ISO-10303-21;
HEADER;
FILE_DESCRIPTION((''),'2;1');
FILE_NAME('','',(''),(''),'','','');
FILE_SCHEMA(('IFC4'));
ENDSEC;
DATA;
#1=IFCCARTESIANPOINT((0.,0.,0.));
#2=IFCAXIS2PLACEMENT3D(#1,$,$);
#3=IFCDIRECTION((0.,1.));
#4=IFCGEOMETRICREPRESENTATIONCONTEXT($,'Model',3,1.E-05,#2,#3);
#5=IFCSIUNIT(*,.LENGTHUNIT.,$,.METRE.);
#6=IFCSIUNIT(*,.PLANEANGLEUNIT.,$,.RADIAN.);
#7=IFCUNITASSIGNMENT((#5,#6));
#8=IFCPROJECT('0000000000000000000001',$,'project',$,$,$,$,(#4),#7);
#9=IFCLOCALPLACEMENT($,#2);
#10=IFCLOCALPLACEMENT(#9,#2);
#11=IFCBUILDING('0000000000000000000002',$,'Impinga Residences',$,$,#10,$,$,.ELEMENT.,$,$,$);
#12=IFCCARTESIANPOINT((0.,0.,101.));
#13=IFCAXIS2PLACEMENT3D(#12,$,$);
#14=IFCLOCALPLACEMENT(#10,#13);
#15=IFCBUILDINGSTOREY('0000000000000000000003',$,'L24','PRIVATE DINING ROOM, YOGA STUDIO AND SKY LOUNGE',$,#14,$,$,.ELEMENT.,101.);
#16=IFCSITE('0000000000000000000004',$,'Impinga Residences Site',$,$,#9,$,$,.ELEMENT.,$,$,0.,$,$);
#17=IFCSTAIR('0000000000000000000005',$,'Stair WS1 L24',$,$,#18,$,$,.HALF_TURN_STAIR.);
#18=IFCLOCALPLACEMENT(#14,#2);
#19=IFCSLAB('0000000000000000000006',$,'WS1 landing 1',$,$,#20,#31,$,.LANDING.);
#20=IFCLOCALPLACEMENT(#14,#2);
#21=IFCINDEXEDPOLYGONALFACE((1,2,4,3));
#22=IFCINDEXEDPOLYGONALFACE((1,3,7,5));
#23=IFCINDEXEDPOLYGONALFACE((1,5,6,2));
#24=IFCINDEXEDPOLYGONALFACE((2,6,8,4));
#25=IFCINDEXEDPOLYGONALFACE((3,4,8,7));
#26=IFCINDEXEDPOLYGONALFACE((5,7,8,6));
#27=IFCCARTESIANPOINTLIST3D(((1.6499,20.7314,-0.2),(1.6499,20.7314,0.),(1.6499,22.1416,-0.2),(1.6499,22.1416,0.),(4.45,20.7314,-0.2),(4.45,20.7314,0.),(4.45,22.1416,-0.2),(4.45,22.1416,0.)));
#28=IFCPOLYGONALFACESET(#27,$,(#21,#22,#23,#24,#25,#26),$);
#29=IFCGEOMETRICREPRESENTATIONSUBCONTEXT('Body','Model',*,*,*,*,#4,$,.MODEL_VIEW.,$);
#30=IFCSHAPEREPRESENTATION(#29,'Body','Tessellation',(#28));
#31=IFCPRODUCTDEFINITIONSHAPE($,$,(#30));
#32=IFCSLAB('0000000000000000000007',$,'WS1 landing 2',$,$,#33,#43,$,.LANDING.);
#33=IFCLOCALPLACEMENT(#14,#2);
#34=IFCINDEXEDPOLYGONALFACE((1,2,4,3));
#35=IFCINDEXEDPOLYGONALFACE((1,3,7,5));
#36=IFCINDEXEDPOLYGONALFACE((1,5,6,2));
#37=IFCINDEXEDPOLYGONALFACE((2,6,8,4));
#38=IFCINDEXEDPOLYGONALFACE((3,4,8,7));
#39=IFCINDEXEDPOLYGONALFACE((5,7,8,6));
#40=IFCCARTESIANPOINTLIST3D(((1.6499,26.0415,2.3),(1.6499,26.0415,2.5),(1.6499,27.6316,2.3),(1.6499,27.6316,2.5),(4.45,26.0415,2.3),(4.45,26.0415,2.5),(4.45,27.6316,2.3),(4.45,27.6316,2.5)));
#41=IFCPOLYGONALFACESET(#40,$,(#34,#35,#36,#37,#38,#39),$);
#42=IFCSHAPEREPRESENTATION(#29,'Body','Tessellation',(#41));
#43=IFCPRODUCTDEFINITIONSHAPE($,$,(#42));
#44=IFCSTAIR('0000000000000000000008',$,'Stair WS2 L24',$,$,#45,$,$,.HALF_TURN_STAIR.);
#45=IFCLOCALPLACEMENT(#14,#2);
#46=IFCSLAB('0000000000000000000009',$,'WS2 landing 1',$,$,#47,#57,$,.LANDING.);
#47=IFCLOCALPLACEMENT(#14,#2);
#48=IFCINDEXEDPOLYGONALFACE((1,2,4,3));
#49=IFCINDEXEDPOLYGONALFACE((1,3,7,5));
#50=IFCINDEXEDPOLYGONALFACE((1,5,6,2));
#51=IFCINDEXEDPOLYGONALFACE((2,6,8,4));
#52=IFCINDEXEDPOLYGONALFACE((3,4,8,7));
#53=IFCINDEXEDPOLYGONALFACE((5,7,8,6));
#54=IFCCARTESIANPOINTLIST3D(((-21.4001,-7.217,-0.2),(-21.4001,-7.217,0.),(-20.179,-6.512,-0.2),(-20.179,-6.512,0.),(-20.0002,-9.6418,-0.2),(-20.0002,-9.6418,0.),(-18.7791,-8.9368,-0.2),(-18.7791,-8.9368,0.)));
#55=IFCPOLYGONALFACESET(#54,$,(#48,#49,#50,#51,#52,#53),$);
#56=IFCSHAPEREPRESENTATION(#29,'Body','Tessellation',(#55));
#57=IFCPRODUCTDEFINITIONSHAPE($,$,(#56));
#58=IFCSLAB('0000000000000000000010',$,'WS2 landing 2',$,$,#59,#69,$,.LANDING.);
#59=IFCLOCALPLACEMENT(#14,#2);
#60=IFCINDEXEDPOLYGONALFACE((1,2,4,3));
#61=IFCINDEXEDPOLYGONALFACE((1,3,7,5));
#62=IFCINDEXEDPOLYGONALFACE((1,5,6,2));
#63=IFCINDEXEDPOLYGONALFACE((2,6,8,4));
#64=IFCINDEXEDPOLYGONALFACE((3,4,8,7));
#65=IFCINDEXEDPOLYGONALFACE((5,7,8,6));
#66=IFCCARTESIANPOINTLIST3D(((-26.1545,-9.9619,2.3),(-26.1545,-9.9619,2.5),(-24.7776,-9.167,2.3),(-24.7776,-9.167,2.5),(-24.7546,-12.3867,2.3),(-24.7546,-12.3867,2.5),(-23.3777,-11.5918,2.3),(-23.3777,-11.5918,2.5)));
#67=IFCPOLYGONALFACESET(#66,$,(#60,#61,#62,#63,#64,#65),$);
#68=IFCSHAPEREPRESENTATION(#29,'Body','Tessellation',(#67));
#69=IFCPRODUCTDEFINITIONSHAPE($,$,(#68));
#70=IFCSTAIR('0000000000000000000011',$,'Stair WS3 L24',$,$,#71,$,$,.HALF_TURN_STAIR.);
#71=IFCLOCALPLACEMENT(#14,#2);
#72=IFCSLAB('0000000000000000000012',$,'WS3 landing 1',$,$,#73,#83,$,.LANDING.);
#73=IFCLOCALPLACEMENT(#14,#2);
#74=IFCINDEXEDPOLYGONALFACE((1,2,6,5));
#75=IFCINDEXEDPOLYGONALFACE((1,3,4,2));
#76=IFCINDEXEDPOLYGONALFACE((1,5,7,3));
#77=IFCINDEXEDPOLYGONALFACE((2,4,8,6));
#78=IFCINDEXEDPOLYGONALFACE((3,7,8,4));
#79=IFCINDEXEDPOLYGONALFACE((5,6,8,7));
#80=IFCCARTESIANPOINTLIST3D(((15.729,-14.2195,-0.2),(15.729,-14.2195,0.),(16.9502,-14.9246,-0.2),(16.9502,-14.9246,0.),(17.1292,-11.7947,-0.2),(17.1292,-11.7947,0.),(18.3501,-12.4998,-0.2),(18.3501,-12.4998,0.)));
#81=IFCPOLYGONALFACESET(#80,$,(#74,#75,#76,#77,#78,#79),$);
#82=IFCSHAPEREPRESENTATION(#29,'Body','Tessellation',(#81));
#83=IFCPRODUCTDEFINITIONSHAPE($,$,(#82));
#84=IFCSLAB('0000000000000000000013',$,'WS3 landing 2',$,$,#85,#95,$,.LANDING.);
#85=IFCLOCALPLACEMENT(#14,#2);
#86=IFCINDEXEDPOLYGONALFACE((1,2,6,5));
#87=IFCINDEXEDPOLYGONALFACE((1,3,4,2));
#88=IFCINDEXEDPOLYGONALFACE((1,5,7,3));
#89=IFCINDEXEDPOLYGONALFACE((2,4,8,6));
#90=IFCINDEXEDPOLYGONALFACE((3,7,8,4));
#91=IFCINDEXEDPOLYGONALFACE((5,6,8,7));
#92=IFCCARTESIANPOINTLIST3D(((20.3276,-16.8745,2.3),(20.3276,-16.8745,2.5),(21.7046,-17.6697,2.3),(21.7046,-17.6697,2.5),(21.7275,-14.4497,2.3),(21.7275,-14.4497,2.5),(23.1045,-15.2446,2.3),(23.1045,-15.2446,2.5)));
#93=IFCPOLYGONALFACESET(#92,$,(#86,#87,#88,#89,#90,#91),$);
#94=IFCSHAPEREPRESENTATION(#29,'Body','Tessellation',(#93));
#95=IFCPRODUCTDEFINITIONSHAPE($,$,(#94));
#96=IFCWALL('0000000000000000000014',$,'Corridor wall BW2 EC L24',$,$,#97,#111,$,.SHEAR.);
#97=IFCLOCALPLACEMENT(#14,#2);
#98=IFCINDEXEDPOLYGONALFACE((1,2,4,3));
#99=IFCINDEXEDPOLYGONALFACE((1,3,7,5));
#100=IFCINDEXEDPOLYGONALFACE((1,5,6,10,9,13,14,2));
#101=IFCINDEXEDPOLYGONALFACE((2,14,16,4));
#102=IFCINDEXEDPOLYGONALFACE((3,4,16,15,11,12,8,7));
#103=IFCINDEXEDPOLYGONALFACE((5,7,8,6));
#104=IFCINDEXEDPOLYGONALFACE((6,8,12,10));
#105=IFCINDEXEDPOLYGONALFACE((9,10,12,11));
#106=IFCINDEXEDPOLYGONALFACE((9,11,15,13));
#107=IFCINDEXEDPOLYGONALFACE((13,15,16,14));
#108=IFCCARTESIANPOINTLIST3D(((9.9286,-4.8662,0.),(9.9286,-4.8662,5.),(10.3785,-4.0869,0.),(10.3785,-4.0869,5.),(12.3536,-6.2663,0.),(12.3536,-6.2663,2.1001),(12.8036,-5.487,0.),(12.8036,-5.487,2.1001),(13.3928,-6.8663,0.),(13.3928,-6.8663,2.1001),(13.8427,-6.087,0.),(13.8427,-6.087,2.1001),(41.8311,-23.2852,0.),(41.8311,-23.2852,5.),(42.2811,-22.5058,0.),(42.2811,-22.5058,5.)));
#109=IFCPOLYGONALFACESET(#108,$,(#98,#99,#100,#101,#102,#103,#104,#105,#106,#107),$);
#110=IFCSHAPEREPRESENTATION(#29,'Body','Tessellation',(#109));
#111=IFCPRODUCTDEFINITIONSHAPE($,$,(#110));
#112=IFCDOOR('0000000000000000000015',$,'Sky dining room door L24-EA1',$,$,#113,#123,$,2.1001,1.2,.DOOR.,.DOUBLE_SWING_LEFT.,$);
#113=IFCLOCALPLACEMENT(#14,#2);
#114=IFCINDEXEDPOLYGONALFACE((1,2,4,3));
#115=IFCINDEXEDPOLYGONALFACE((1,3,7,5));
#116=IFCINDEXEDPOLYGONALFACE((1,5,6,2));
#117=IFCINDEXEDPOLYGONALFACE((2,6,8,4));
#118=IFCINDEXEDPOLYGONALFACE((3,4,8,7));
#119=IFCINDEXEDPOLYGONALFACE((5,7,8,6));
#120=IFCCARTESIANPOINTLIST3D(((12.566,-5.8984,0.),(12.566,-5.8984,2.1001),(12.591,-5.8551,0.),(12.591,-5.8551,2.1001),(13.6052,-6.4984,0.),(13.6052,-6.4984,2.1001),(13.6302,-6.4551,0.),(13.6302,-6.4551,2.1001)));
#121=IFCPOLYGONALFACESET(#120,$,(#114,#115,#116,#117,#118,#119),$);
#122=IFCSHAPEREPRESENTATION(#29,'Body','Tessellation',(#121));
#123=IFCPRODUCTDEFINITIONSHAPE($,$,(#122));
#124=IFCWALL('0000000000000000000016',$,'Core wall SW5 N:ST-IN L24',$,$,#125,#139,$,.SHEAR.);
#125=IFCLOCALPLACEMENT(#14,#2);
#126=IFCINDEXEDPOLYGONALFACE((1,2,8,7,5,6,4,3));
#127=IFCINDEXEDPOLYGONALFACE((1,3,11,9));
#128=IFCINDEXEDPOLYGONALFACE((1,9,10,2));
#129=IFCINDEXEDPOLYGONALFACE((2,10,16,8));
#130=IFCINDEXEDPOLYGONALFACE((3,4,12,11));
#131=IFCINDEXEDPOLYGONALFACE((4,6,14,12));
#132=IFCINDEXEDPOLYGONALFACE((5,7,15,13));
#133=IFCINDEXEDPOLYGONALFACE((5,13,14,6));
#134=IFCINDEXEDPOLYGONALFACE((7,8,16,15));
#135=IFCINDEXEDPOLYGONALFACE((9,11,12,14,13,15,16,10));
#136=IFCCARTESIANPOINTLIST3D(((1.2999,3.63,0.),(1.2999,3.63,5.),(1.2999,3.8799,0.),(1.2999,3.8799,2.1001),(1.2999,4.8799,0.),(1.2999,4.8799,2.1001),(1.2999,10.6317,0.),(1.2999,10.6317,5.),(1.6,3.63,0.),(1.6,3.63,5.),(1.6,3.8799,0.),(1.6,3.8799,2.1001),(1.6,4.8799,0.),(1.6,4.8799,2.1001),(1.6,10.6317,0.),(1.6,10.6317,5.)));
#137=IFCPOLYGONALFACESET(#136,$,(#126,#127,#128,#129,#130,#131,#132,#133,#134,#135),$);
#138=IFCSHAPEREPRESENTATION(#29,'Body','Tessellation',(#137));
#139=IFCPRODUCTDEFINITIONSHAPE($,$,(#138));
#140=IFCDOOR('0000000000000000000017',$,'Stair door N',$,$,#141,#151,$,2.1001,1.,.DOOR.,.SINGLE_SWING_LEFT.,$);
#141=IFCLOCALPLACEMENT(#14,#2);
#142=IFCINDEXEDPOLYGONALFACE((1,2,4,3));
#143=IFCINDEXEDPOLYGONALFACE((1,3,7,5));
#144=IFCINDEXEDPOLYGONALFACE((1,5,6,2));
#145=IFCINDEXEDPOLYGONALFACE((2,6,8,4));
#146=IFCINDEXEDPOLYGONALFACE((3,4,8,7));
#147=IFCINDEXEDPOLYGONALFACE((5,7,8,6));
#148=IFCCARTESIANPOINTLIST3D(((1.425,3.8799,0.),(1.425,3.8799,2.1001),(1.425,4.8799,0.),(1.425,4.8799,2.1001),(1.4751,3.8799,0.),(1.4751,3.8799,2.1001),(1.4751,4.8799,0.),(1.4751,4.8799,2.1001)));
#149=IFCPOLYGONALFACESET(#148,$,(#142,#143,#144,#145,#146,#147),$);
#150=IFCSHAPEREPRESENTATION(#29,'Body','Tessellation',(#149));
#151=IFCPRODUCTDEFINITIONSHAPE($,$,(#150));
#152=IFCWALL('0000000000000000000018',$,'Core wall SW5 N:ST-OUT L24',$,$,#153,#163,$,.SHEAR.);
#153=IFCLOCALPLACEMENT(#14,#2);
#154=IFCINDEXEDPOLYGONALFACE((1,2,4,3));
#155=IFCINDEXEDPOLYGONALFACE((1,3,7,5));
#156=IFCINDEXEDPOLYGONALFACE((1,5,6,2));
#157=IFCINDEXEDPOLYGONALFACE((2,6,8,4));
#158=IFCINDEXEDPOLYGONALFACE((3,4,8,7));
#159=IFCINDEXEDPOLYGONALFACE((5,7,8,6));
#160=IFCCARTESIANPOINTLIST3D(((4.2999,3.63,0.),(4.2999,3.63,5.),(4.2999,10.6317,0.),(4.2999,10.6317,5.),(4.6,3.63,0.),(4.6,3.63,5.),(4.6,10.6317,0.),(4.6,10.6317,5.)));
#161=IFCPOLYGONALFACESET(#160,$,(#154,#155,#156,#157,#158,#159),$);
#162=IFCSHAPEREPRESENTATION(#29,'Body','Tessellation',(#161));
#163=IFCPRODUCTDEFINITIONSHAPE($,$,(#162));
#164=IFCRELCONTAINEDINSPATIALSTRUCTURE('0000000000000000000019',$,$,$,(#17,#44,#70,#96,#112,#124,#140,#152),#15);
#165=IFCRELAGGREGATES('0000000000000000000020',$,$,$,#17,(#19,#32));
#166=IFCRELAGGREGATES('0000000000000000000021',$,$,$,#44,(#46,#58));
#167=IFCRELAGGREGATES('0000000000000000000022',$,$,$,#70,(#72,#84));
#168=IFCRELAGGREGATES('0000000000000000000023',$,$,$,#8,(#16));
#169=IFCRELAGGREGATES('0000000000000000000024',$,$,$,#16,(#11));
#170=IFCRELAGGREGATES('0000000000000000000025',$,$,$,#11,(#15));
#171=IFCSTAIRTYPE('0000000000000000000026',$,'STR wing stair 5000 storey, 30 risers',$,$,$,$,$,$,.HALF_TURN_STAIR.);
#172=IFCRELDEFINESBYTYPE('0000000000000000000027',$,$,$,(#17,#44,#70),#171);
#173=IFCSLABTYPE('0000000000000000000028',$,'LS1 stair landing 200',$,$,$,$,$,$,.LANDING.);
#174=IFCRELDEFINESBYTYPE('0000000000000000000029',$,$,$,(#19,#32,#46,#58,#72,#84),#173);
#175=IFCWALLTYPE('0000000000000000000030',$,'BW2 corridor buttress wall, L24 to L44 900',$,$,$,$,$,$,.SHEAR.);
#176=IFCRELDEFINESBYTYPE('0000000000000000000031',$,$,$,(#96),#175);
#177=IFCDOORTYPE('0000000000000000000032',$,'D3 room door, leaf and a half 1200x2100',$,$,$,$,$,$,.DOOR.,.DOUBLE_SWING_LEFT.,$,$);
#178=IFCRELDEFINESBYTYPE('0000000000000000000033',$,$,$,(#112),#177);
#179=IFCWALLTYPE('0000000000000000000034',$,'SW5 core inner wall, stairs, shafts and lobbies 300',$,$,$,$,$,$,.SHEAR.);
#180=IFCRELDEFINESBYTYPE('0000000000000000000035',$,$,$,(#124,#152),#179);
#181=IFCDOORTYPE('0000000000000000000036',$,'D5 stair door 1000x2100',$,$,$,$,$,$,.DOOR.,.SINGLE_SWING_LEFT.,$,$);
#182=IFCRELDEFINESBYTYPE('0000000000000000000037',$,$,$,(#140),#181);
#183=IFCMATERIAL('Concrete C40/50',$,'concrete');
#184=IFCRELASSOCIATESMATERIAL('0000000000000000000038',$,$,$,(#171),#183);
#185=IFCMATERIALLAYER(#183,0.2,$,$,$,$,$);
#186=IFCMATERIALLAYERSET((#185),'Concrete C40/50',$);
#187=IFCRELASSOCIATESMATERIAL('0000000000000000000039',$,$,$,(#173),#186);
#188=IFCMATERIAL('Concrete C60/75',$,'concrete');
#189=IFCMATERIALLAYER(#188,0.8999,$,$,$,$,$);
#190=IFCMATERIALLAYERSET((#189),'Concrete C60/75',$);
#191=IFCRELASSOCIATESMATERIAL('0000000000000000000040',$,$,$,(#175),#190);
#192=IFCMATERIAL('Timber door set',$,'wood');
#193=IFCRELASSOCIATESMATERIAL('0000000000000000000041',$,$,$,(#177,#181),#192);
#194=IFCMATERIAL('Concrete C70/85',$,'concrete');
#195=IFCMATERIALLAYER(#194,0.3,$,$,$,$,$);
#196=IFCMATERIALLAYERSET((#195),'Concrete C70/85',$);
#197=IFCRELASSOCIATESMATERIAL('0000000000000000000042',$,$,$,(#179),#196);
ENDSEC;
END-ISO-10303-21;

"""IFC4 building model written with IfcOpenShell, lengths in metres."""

from ifc_helpers import new_model, si_unit, direction, frame, frame_2d, origin, place, context, subcontext, project, spatial, polyline, rectangle, outline, extrude, material, layer, layer_set, type_object, element, fill, aggregate, save


model = new_model("IFC4")

# Units and contexts
model_context = context("Model", 3, precision=1e-05, world=origin(), true_north=direction((0.0, 1.0)))
body_context = subcontext(model_context, "Body", "Model", "MODEL_VIEW")
ifc_project = project(units=[si_unit("LENGTHUNIT", "METRE"), si_unit("PLANEANGLEUNIT", "RADIAN")], contexts=[model_context])

# Site, building, storey
site_placement = place(None, origin())
site = spatial("IfcSite", under=ifc_project, at=site_placement, Name="Impinga Residences Site", CompositionType="ELEMENT", RefElevation=0.0)
building_placement = place(site_placement, origin())
building = spatial("IfcBuilding", under=site, at=building_placement, Name="Impinga Residences", CompositionType="ELEMENT")
storey_placement = place(building_placement, frame((0.0, 0.0, 101.0)))
storey = spatial("IfcBuildingStorey", under=building, at=storey_placement, Name="L24", Description="PRIVATE DINING ROOM, YOGA STUDIO AND SKY LOUNGE", CompositionType="ELEMENT", Elevation=101.0)

# Stairs, slabs
ifc_material_1 = material(Name="Concrete C40/50", Category="concrete")
stair_type_1 = type_object("IfcStairType", Name="STR wing stair 5000 storey, 30 risers", PredefinedType="HALF_TURN_STAIR", material=ifc_material_1)
stair_1_placement = place(storey_placement, origin())
stair_1 = element("IfcStair", 1, at=stair_1_placement, inside=storey, type_object=stair_type_1, Name="Stair WS1 L24", PredefinedType="HALF_TURN_STAIR")
ifc_layer_1 = layer(ifc_material_1, 0.2)
ifc_layer_set_1 = layer_set([ifc_layer_1], Name="Concrete C40/50")
slab_type = type_object("IfcSlabType", Name="LS1 stair landing 200", PredefinedType="LANDING", material=ifc_layer_set_1)
slab_1_placement = place(storey_placement, frame((0.0, 0.0, -0.2)))
slab_1 = element("IfcSlab", 2, at=slab_1_placement, type_object=slab_type, Name="WS1 landing 1", PredefinedType="LANDING", context=body_context, shape_type="SweptSolid", body=[
    extrude(outline(polyline([(1.6499, 20.7314), (4.45, 20.7314), (4.45, 22.1416), (1.6499, 22.1416), (1.6499, 20.7314)])), origin(), (0.0, 0.0, 1.0), 0.2),
])
slab_2_placement = place(storey_placement, frame((0.0, 0.0, 2.3)))
slab_2 = element("IfcSlab", 3, at=slab_2_placement, type_object=slab_type, Name="WS1 landing 2", PredefinedType="LANDING", context=body_context, shape_type="SweptSolid", body=[
    extrude(outline(polyline([(1.6499, 26.0415), (4.45, 26.0415), (4.45, 27.6316), (1.6499, 27.6316), (1.6499, 26.0415)])), origin(), (0.0, 0.0, 1.0), 0.2),
])
aggregate(stair_1, [slab_1, slab_2])
stair_2_placement = place(storey_placement, origin())
stair_2 = element("IfcStair", 4, at=stair_2_placement, inside=storey, type_object=stair_type_1, Name="Stair WS2 L24", PredefinedType="HALF_TURN_STAIR")
slab_3_placement = place(storey_placement, frame((0.0, 0.0, -0.2)))
slab_3 = element("IfcSlab", 5, at=slab_3_placement, type_object=slab_type, Name="WS2 landing 1", PredefinedType="LANDING", context=body_context, shape_type="SweptSolid", body=[
    extrude(outline(polyline([(-18.7791, -8.9368), (-20.179, -6.512), (-21.4001, -7.217), (-20.0002, -9.6418), (-18.7791, -8.9368)])), origin(), (0.0, 0.0, 1.0), 0.2),
])
slab_4_placement = place(storey_placement, frame((0.0, 0.0, 2.3)))
slab_4 = element("IfcSlab", 6, at=slab_4_placement, type_object=slab_type, Name="WS2 landing 2", PredefinedType="LANDING", context=body_context, shape_type="SweptSolid", body=[
    extrude(outline(polyline([(-23.3777, -11.5918), (-24.7776, -9.167), (-26.1545, -9.9619), (-24.7546, -12.3867), (-23.3777, -11.5918)])), origin(), (0.0, 0.0, 1.0), 0.2),
])
aggregate(stair_2, [slab_3, slab_4])
stair_3_placement = place(storey_placement, origin())
stair_3 = element("IfcStair", 7, at=stair_3_placement, inside=storey, type_object=stair_type_1, Name="Stair WS3 L24", PredefinedType="HALF_TURN_STAIR")
slab_5_placement = place(storey_placement, frame((0.0, 0.0, -0.2)))
slab_5 = element("IfcSlab", 8, at=slab_5_placement, type_object=slab_type, Name="WS3 landing 1", PredefinedType="LANDING", context=body_context, shape_type="SweptSolid", body=[
    extrude(outline(polyline([(17.1292, -11.7947), (15.729, -14.2195), (16.9502, -14.9246), (18.3501, -12.4998), (17.1292, -11.7947)])), origin(), (0.0, 0.0, 1.0), 0.2),
])
slab_6_placement = place(storey_placement, frame((0.0, 0.0, 2.3)))
slab_6 = element("IfcSlab", 9, at=slab_6_placement, type_object=slab_type, Name="WS3 landing 2", PredefinedType="LANDING", context=body_context, shape_type="SweptSolid", body=[
    extrude(outline(polyline([(21.7275, -14.4497), (20.3276, -16.8745), (21.7046, -17.6697), (23.1045, -15.2446), (21.7275, -14.4497)])), origin(), (0.0, 0.0, 1.0), 0.2),
])
aggregate(stair_3, [slab_5, slab_6])

# Walls, openings, doors
ifc_material_2 = material(Name="Concrete C60/75", Category="concrete")
ifc_layer_2 = layer(ifc_material_2, 0.8999)
ifc_layer_set_2 = layer_set([ifc_layer_2], Name="Concrete C60/75")
wall_type_1 = type_object("IfcWallType", Name="BW2 corridor buttress wall, L24 to L44 900", PredefinedType="SHEAR", material=ifc_layer_set_2)
wall_1_placement = place(storey_placement, frame((10.1536, -4.4766, 0.0), z_axis=(0.0, 0.0, 1.0), x_axis=(0.866026, -0.5, 0.0)))
wall_1 = element("IfcWall", 10, at=wall_1_placement, inside=storey, type_object=wall_type_1, Name="Corridor wall BW2 EC L24", PredefinedType="SHEAR", context=body_context, shape_type="SweptSolid", body=[
    extrude(rectangle(XDim=36.8379, YDim=0.8999, at=frame_2d((18.4189, 0.0))), origin(), (0.0, 0.0, 1.0), 5.0),
])
opening_1_placement = place(wall_1_placement, frame((2.8, 0.0, 0.0)))
opening_1 = element("IfcOpeningElement", 11, at=opening_1_placement, cuts=wall_1, PredefinedType="OPENING", context=body_context, shape_type="SweptSolid", body=[
    extrude(rectangle(XDim=1.2, YDim=2.1001, at=frame_2d((0.6001, 1.05))), frame((0.0, 0.46, 0.0), z_axis=(0.0, -1.0, 0.0), x_axis=(1.0, 0.0, 0.0)), (0.0, 0.0, 1.0), 0.9199),
])
ifc_material_3 = material(Name="Timber door set", Category="wood")
door_type_1 = type_object("IfcDoorType", Name="D3 room door, leaf and a half 1200x2100", OperationType="DOUBLE_SWING_LEFT", PredefinedType="DOOR", material=ifc_material_3)
door_1_placement = place(opening_1_placement, origin())
door_1 = element("IfcDoor", 12, at=door_1_placement, inside=storey, type_object=door_type_1, Name="Sky dining room door L24-EA1", OperationType="DOUBLE_SWING_LEFT", OverallHeight=2.1001, OverallWidth=1.2, PredefinedType="DOOR", context=body_context, shape_type="SweptSolid", body=[
    extrude(rectangle(XDim=1.2, YDim=2.1001, at=frame_2d((0.6001, 1.05))), frame((0.0, 0.0249, 0.0), z_axis=(0.0, -1.0, 0.0), x_axis=(1.0, 0.0, 0.0)), (0.0, 0.0, 1.0), 0.05),
])
fill(opening_1, door_1)
ifc_material_4 = material(Name="Concrete C70/85", Category="concrete")
ifc_layer_3 = layer(ifc_material_4, 0.3)
ifc_layer_set_3 = layer_set([ifc_layer_3], Name="Concrete C70/85")
wall_type_2 = type_object("IfcWallType", Name="SW5 core inner wall, stairs, shafts and lobbies 300", PredefinedType="SHEAR", material=ifc_layer_set_3)
wall_2_placement = place(storey_placement, frame((1.45, 3.6299, 0.0), z_axis=(0.0, 0.0, 1.0), x_axis=(0.0, 1.0, 0.0)))
wall_2 = element("IfcWall", 13, at=wall_2_placement, inside=storey, type_object=wall_type_2, Name="Core wall SW5 N:ST-IN L24", PredefinedType="SHEAR", context=body_context, shape_type="SweptSolid", body=[
    extrude(rectangle(XDim=7.0017, YDim=0.3, at=frame_2d((3.501, 0.0))), origin(), (0.0, 0.0, 1.0), 5.0),
])
opening_2_placement = place(wall_2_placement, frame((0.25, 0.0, 0.0)))
opening_2 = element("IfcOpeningElement", 14, at=opening_2_placement, cuts=wall_2, PredefinedType="OPENING", context=body_context, shape_type="SweptSolid", body=[
    extrude(rectangle(XDim=1.0, YDim=2.1001, at=frame_2d((0.5, 1.05))), frame((0.0, 0.1599, 0.0), z_axis=(0.0, -1.0, 0.0), x_axis=(1.0, 0.0, 0.0)), (0.0, 0.0, 1.0), 0.3201),
])
door_type_2 = type_object("IfcDoorType", Name="D5 stair door 1000x2100", OperationType="SINGLE_SWING_LEFT", PredefinedType="DOOR", material=ifc_material_3)
door_2_placement = place(opening_2_placement, origin())
door_2 = element("IfcDoor", 15, at=door_2_placement, inside=storey, type_object=door_type_2, Name="Stair door N", OperationType="SINGLE_SWING_LEFT", OverallHeight=2.1001, OverallWidth=1.0, PredefinedType="DOOR", context=body_context, shape_type="SweptSolid", body=[
    extrude(rectangle(XDim=1.0, YDim=2.1001, at=frame_2d((0.5, 1.05))), frame((0.0, 0.0249, 0.0), z_axis=(0.0, -1.0, 0.0), x_axis=(1.0, 0.0, 0.0)), (0.0, 0.0, 1.0), 0.05),
])
fill(opening_2, door_2)

# Wall
wall_3_placement = place(storey_placement, frame((4.45, 3.6299, 0.0), z_axis=(0.0, 0.0, 1.0), x_axis=(0.0, 1.0, 0.0)))
element("IfcWall", 16, at=wall_3_placement, inside=storey, type_object=wall_type_2, Name="Core wall SW5 N:ST-OUT L24", PredefinedType="SHEAR", context=body_context, shape_type="SweptSolid", body=[
    extrude(rectangle(XDim=7.0017, YDim=0.3, at=frame_2d((3.501, 0.0))), origin(), (0.0, 0.0, 1.0), 5.0),
])

save(model, "model.ifc")
